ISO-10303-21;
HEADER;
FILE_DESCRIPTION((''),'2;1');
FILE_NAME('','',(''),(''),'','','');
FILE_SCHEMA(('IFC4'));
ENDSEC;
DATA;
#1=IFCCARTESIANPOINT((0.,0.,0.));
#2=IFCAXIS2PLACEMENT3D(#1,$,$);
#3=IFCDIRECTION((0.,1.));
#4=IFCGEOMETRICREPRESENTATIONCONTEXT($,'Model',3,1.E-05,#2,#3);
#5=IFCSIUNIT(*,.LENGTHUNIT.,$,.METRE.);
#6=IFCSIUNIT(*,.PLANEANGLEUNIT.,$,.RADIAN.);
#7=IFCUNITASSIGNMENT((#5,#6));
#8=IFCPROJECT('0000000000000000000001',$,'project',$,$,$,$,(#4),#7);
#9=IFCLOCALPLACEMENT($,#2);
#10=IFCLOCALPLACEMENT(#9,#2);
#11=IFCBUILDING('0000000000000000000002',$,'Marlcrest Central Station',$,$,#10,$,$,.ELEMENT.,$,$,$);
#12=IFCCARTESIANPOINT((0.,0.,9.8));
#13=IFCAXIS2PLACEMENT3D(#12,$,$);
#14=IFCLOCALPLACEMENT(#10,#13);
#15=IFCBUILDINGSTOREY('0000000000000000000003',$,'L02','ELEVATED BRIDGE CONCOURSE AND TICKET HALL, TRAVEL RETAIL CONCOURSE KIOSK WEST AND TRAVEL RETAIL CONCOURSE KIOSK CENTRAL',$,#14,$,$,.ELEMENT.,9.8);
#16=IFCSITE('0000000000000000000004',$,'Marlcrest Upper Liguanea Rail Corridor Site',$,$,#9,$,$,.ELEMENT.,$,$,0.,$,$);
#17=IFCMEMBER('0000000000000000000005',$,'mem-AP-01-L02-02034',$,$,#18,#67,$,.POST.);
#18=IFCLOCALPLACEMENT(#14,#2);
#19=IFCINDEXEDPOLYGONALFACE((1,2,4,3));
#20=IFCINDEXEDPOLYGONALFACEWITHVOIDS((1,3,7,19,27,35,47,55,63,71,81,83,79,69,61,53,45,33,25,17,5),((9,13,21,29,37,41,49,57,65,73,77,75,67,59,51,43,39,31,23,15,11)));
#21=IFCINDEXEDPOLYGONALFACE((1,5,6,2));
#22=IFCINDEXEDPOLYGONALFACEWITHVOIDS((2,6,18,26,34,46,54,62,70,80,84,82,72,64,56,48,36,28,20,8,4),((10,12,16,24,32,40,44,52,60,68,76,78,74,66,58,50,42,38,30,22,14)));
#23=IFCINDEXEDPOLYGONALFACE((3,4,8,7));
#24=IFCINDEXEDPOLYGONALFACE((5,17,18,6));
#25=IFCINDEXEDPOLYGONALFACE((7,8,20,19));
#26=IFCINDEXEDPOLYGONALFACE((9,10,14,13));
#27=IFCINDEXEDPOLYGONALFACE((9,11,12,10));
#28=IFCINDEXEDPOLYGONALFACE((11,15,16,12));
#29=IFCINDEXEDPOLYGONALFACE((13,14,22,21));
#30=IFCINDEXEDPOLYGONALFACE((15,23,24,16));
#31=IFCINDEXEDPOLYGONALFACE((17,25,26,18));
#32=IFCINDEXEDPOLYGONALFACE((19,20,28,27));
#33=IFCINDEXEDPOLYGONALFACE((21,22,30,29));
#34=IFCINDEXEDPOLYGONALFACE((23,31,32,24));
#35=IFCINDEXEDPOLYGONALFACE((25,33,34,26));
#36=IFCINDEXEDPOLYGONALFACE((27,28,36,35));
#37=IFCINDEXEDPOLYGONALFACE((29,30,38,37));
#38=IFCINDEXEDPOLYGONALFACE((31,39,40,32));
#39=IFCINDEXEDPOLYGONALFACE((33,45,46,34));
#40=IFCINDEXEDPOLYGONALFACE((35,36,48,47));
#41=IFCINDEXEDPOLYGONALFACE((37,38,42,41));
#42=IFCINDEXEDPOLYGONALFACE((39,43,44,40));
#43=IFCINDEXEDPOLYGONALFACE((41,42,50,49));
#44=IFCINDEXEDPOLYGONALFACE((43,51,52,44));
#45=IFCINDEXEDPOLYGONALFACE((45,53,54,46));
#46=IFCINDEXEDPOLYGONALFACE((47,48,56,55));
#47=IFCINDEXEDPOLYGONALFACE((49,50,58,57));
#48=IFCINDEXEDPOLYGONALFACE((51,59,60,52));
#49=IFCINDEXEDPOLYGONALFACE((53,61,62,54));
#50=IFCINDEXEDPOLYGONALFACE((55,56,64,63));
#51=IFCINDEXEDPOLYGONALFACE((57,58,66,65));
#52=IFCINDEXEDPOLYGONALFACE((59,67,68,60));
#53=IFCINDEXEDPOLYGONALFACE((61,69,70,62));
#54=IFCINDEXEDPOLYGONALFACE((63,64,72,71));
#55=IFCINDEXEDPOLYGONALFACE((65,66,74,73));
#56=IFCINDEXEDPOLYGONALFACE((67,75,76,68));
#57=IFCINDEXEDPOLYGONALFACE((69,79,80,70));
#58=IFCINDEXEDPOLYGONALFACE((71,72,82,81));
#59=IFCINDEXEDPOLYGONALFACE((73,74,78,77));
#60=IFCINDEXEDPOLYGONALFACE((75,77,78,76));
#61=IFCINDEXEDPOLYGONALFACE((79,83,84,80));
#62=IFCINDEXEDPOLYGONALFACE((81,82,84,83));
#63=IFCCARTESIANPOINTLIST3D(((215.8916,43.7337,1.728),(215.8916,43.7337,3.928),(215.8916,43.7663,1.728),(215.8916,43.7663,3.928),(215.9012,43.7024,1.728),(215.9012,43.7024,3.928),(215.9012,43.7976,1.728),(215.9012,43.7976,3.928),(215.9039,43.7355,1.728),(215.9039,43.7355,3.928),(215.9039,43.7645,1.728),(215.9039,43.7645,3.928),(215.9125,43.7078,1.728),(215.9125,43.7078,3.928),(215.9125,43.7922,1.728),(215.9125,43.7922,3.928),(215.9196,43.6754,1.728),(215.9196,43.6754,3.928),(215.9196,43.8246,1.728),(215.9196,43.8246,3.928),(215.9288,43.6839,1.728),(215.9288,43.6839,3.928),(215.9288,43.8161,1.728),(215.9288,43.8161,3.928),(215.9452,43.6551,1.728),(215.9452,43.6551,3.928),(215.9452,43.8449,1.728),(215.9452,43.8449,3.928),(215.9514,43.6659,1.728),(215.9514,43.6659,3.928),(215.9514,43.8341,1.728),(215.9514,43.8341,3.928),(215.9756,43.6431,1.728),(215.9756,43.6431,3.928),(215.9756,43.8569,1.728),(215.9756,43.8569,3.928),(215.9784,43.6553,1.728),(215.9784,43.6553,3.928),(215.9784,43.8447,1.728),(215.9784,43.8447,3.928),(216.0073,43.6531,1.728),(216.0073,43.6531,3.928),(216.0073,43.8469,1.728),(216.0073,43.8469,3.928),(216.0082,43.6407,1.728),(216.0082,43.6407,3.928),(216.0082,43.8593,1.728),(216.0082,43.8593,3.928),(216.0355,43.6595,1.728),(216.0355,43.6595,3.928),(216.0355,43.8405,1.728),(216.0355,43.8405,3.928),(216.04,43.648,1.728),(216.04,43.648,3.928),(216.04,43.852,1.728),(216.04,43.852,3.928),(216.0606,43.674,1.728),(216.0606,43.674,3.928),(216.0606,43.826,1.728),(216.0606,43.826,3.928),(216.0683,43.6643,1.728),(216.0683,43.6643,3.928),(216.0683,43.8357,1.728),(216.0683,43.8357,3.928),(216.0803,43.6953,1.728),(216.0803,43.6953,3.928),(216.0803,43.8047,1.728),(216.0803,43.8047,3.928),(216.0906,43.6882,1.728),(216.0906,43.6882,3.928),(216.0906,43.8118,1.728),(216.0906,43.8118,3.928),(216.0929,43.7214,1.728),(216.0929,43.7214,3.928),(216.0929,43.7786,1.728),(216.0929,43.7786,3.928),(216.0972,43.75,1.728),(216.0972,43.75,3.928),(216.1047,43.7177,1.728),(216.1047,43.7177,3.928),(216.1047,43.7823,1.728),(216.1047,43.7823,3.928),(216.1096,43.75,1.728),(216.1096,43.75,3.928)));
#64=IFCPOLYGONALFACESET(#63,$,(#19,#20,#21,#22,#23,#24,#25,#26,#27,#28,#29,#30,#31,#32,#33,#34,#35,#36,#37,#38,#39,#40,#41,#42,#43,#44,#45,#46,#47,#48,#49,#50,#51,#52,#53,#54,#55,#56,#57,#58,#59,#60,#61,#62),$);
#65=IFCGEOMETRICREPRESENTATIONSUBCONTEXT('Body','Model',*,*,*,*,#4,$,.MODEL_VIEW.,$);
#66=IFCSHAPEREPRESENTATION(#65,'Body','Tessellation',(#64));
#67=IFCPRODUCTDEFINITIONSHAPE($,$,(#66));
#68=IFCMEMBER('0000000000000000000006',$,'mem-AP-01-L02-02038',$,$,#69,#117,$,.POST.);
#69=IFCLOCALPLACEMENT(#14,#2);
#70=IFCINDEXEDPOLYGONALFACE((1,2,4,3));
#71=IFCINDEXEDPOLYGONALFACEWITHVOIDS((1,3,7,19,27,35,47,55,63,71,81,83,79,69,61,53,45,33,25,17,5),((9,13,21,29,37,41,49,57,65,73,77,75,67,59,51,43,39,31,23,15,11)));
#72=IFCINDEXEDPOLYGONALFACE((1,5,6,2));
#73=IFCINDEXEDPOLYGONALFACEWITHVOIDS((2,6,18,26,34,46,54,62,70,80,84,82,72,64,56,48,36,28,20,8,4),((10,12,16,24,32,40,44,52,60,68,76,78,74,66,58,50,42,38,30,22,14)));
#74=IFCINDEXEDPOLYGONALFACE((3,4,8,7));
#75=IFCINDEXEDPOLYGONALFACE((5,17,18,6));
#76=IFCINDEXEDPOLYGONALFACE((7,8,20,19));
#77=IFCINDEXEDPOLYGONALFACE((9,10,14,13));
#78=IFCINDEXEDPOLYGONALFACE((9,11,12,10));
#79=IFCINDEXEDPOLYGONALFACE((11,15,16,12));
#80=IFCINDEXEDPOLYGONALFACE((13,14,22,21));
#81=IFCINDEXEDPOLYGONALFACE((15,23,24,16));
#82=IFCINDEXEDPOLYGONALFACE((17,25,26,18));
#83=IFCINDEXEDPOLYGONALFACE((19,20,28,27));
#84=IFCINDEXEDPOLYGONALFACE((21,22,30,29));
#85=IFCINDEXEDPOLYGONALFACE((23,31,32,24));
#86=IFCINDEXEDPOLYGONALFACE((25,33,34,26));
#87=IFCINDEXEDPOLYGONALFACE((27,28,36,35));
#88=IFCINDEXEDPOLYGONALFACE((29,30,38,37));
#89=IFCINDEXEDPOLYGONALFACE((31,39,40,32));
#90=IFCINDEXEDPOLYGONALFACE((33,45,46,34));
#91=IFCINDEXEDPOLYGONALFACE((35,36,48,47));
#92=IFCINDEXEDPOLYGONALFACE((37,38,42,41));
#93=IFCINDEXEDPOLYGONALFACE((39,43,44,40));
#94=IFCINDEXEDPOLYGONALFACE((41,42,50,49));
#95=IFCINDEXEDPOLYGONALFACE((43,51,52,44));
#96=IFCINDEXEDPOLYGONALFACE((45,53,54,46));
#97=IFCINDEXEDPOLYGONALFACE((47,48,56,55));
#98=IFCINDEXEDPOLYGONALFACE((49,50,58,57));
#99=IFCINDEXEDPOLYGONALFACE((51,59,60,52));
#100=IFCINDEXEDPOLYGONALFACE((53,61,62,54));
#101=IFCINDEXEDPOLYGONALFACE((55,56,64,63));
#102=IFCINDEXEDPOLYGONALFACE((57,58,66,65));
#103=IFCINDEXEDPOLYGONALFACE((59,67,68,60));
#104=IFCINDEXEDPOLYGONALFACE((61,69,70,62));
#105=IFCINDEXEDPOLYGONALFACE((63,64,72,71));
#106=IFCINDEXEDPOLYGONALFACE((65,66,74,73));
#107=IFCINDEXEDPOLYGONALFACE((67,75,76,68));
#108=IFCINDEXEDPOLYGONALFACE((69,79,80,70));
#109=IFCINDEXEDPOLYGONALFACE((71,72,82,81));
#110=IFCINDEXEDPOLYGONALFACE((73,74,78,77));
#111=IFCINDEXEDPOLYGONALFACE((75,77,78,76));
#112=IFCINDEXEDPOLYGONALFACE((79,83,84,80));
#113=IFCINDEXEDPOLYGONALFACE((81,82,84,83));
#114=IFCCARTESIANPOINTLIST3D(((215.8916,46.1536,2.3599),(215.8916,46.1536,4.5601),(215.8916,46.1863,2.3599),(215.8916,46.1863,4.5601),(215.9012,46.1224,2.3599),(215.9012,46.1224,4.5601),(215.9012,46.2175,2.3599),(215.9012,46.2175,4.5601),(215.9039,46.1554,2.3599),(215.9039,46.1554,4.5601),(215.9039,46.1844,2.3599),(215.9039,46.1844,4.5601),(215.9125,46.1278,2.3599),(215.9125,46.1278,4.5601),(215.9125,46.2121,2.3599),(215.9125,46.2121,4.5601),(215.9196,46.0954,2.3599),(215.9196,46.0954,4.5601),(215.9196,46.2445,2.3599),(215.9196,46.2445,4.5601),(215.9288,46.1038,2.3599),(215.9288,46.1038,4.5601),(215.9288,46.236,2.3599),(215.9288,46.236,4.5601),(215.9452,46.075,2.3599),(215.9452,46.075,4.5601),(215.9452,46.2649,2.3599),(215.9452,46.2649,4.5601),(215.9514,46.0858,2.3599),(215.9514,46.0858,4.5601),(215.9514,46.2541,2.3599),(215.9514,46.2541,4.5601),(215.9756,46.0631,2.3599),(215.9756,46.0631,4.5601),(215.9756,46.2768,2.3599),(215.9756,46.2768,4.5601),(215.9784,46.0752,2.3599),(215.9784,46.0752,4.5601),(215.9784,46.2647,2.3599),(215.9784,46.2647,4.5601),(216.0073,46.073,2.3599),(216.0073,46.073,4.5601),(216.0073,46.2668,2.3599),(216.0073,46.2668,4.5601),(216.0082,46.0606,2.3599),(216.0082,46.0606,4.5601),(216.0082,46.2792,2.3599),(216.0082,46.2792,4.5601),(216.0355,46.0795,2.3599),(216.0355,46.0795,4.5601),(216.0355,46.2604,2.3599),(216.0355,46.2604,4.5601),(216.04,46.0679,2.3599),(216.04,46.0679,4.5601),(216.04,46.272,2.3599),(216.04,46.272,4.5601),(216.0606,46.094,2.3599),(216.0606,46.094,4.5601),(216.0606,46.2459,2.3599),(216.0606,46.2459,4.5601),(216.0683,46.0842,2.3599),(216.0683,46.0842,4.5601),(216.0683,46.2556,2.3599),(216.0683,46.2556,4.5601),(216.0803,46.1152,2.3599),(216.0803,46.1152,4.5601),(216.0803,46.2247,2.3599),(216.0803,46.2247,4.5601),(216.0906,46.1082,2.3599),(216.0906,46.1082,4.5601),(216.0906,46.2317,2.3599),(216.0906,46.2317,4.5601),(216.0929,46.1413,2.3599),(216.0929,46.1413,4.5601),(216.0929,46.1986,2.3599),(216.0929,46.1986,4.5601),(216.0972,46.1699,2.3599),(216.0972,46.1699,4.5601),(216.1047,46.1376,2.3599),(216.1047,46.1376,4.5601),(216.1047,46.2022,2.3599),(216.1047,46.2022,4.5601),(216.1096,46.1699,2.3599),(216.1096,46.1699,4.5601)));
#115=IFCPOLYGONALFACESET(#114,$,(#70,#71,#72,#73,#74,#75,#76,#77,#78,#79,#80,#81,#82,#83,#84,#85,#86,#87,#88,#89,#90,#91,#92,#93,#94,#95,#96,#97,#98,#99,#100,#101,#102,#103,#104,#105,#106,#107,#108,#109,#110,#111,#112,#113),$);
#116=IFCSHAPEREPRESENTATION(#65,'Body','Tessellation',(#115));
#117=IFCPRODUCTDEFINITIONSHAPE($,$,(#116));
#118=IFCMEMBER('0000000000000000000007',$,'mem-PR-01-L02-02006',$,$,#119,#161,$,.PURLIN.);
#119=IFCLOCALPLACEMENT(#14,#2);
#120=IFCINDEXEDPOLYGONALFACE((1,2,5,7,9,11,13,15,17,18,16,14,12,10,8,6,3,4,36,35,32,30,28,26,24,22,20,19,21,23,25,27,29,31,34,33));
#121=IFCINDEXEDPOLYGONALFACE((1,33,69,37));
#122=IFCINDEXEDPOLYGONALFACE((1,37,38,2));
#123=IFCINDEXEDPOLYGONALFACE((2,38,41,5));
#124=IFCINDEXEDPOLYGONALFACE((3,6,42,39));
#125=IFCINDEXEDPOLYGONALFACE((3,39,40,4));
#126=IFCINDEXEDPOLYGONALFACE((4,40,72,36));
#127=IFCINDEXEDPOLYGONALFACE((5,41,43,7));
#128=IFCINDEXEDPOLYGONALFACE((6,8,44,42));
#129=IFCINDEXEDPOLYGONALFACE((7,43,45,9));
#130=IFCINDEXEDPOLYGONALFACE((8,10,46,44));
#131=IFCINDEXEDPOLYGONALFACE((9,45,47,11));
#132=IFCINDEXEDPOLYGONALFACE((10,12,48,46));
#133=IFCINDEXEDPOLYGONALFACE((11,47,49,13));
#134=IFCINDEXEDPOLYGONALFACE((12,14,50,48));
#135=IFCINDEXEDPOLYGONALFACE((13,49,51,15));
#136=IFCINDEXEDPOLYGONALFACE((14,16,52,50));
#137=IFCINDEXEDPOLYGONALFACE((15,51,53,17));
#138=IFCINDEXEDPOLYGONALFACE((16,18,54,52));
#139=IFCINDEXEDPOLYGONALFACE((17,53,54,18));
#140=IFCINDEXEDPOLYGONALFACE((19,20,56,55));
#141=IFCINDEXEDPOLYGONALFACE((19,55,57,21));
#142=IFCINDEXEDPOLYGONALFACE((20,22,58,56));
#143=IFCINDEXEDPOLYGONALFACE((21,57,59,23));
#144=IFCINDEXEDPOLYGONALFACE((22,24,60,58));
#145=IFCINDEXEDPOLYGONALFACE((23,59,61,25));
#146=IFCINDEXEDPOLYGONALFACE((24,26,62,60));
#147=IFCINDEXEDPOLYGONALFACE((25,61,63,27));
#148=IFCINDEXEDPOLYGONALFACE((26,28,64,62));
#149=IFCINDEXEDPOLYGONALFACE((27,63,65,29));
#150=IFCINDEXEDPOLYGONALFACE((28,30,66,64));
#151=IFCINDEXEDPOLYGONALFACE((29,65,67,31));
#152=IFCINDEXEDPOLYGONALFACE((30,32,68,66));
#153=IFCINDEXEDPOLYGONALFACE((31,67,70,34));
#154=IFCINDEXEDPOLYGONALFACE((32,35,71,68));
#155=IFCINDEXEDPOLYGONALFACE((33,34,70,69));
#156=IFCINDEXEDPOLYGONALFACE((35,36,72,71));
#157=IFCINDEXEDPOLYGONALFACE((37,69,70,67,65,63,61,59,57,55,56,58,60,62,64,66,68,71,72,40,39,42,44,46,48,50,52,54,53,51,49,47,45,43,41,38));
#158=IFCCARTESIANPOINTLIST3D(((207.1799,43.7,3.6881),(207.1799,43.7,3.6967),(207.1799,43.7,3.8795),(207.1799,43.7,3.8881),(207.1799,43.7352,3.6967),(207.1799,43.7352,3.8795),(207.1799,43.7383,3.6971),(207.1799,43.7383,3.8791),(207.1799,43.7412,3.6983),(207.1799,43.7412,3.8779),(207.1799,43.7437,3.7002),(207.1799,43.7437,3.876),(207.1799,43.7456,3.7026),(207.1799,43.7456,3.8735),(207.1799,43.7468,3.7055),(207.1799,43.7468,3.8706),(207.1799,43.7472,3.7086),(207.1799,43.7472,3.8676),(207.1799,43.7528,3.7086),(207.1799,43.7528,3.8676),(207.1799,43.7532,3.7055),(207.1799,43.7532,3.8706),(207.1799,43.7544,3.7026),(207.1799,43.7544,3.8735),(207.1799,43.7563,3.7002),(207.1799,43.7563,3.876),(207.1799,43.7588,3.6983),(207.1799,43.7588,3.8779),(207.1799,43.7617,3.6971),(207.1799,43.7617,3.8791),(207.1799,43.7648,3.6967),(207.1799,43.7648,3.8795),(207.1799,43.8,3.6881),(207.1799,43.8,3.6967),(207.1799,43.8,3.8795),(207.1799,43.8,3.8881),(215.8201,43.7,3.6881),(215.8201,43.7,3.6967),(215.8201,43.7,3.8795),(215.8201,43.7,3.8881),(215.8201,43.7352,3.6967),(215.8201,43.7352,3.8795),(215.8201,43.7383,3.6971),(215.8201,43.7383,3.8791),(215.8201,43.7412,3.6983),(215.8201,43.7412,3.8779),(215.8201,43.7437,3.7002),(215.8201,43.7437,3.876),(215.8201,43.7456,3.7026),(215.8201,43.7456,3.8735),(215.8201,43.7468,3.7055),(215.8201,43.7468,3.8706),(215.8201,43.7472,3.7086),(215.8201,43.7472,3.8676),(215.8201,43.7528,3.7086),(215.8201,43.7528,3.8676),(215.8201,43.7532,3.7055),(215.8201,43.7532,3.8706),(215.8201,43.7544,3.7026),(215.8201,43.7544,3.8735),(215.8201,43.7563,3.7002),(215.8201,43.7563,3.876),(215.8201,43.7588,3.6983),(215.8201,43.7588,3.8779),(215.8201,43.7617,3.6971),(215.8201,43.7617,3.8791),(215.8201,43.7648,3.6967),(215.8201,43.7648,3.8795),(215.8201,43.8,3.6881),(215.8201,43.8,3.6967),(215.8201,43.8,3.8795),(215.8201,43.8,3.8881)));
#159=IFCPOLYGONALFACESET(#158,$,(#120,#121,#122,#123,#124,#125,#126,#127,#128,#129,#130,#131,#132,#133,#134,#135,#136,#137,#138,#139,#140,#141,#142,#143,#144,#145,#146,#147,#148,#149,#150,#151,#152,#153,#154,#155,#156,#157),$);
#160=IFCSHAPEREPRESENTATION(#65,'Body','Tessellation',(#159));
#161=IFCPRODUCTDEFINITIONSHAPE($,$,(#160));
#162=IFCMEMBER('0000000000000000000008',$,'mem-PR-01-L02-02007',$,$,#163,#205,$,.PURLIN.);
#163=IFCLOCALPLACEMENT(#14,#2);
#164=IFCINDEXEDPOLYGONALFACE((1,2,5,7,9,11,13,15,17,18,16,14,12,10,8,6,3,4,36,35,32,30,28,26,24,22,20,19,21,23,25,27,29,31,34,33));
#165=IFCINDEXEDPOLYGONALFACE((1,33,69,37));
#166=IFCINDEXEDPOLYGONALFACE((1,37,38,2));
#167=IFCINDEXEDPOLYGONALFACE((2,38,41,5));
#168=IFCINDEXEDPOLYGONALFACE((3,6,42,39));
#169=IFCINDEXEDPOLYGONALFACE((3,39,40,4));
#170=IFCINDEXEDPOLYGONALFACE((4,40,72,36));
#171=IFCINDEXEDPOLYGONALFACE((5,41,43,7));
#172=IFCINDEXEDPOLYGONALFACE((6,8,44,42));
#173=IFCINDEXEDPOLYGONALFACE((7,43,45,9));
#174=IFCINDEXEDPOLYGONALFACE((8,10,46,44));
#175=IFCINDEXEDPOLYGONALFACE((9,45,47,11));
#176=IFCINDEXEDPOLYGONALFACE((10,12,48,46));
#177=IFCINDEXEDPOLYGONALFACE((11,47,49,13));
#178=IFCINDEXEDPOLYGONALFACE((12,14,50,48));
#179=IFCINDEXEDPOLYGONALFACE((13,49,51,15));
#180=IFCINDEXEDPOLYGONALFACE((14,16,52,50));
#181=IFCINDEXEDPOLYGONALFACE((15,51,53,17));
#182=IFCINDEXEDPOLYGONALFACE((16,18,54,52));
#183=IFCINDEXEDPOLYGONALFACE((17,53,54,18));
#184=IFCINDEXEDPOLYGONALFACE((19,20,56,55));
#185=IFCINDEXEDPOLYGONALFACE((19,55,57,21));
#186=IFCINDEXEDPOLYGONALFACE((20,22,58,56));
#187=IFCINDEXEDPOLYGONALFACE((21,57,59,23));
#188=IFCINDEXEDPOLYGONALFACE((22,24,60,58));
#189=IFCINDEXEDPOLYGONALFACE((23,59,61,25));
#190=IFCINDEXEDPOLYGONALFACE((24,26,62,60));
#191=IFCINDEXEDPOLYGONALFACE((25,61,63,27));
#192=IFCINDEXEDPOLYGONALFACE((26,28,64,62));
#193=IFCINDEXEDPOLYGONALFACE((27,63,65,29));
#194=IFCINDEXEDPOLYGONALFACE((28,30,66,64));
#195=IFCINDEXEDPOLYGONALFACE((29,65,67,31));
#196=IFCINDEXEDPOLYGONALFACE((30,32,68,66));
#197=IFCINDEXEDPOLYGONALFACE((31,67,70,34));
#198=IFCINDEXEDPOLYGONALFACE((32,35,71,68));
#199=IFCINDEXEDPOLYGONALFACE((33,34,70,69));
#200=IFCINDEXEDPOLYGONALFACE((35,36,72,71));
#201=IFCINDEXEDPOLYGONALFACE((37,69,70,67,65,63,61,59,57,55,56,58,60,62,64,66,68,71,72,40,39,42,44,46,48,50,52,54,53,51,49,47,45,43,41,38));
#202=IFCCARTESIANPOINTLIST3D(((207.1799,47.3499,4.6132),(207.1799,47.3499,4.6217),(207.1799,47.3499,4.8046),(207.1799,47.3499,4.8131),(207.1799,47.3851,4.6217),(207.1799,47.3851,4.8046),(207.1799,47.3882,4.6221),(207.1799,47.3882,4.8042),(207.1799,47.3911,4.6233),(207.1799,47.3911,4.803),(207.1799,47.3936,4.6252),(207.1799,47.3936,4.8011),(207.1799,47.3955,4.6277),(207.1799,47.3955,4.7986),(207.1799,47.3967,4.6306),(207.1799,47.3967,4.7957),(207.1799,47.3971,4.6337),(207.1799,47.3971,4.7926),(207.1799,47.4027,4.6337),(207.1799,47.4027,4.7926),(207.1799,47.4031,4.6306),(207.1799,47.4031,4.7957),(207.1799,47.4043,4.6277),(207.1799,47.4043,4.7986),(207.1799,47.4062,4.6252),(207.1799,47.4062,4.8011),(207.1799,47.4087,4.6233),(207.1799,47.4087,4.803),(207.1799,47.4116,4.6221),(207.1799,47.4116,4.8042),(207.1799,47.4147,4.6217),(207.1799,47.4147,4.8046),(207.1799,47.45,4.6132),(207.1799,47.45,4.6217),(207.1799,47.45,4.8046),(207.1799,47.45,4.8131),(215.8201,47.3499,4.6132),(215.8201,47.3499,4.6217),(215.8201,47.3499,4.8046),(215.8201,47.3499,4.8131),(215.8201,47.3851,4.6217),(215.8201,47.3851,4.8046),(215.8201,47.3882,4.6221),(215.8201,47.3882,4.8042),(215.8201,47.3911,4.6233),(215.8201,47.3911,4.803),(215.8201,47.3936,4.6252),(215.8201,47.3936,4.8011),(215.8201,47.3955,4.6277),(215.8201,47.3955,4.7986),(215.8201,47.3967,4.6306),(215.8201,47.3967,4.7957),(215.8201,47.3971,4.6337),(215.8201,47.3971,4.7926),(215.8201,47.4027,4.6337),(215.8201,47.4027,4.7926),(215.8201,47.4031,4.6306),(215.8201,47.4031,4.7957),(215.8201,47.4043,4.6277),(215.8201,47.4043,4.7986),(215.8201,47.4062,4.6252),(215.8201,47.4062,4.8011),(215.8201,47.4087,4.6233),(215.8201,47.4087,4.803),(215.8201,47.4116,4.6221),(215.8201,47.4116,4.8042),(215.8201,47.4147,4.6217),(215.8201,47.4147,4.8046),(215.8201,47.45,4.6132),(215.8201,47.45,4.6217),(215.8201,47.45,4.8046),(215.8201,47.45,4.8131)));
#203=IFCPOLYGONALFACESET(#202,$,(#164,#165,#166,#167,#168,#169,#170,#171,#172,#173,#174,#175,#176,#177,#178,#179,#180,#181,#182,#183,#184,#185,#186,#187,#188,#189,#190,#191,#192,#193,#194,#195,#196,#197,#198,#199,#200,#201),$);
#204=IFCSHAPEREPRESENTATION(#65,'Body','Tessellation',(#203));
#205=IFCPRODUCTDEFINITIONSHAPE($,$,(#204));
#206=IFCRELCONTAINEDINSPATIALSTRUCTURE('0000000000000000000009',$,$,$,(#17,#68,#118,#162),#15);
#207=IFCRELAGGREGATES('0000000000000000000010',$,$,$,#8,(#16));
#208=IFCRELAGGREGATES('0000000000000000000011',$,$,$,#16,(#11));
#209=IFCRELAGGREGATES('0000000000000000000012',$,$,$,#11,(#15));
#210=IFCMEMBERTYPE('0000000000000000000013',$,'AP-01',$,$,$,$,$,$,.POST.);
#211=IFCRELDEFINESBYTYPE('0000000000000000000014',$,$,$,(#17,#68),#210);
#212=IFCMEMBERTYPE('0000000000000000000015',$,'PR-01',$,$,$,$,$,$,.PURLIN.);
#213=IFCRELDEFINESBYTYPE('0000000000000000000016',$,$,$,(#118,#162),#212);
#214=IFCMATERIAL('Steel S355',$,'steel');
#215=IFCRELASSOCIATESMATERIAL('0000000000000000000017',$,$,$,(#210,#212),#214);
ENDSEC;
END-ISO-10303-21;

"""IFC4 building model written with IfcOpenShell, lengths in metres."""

from ifc_helpers import new_model, si_unit, direction, frame, origin, origin_2d, place, context, subcontext, project, spatial, hollow_circle, i_section, extrude, material, material_profile, profile_set, type_object, element, save


model = new_model("IFC4")

# Units and contexts
model_context = context("Model", 3, precision=1e-05, world=origin(), true_north=direction((0.0, 1.0)))
body_context = subcontext(model_context, "Body", "Model", "MODEL_VIEW")
ifc_project = project(units=[si_unit("LENGTHUNIT", "METRE"), si_unit("PLANEANGLEUNIT", "RADIAN")], contexts=[model_context])

# Site, building, storey
site_placement = place(None, origin())
site = spatial("IfcSite", under=ifc_project, at=site_placement, Name="Marlcrest Upper Liguanea Rail Corridor Site", CompositionType="ELEMENT", RefElevation=0.0)
building_placement = place(site_placement, origin())
building = spatial("IfcBuilding", under=site, at=building_placement, Name="Marlcrest Central Station", CompositionType="ELEMENT")
storey_placement = place(building_placement, frame((0.0, 0.0, 9.8)))
storey = spatial("IfcBuildingStorey", under=building, at=storey_placement, Name="L02", Description="ELEVATED BRIDGE CONCOURSE AND TICKET HALL, TRAVEL RETAIL CONCOURSE KIOSK WEST AND TRAVEL RETAIL CONCOURSE KIOSK CENTRAL", CompositionType="ELEMENT", Elevation=9.8)

# Members
ifc_material = material(Name="Steel S355", Category="steel")
ifc_material_profile_1 = material_profile(ifc_material, hollow_circle(Radius=0.1096, WallThickness=0.0125, at=origin_2d()), Name="CHS 219.1x12.5")
ifc_profile_set_1 = profile_set([ifc_material_profile_1], Name="Steel S355")
member_type_1 = type_object("IfcMemberType", Name="AP-01", PredefinedType="POST", material=ifc_profile_set_1)
member_1_placement = place(storey_placement, frame((216.0, 43.75, 1.728), z_axis=(0.0, 0.0, 1.0), x_axis=(1.0, 0.0, 0.0)))
element("IfcMember", 1, at=member_1_placement, inside=storey, type_object=member_type_1, Name="mem-AP-01-L02-02034", PredefinedType="POST", context=body_context, shape_type="SweptSolid", body=[
    extrude(hollow_circle(Radius=0.1096, WallThickness=0.0125, at=origin_2d()), origin(), (0.0, 0.0, 1.0), 2.2),
])
member_2_placement = place(storey_placement, frame((216.0, 46.1699, 2.3599), z_axis=(0.0, 0.0, 1.0), x_axis=(1.0, 0.0, 0.0)))
element("IfcMember", 2, at=member_2_placement, inside=storey, type_object=member_type_1, Name="mem-AP-01-L02-02038", PredefinedType="POST", context=body_context, shape_type="SweptSolid", body=[
    extrude(hollow_circle(Radius=0.1096, WallThickness=0.0125, at=origin_2d()), origin(), (0.0, 0.0, 1.0), 2.2002),
])
ifc_material_profile_2 = material_profile(ifc_material, i_section(OverallWidth=0.1001, OverallDepth=0.2, WebThickness=0.0056, FlangeThickness=0.0085, FilletRadius=0.012, at=origin_2d()), Name="IPE 200")
ifc_profile_set_2 = profile_set([ifc_material_profile_2], Name="Steel S355")
member_type_2 = type_object("IfcMemberType", Name="PR-01", PredefinedType="PURLIN", material=ifc_profile_set_2)
for number, where, z_axis, x_axis, name in (
    (3, (207.1799, 43.75, 3.7881), (1.0, 0.0, 0.0), (0.0, 1.0, 0.0), "mem-PR-01-L02-02006"),
    (4, (207.1799, 47.3999, 4.7131), (1.0, 0.0, 0.0), (0.0, 1.0, 0.0), "mem-PR-01-L02-02007"),
):
    element("IfcMember", number, at=place(storey_placement, frame(where, z_axis=z_axis, x_axis=x_axis)), inside=storey, type_object=member_type_2, Name=name, PredefinedType="PURLIN", context=body_context, shape_type="SweptSolid", body=[
        extrude(i_section(OverallWidth=0.1001, OverallDepth=0.2, WebThickness=0.0056, FlangeThickness=0.0085, FilletRadius=0.012, at=origin_2d()), origin(), (0.0, 0.0, 1.0), 8.6401),
    ])

save(model, "model.ifc")
